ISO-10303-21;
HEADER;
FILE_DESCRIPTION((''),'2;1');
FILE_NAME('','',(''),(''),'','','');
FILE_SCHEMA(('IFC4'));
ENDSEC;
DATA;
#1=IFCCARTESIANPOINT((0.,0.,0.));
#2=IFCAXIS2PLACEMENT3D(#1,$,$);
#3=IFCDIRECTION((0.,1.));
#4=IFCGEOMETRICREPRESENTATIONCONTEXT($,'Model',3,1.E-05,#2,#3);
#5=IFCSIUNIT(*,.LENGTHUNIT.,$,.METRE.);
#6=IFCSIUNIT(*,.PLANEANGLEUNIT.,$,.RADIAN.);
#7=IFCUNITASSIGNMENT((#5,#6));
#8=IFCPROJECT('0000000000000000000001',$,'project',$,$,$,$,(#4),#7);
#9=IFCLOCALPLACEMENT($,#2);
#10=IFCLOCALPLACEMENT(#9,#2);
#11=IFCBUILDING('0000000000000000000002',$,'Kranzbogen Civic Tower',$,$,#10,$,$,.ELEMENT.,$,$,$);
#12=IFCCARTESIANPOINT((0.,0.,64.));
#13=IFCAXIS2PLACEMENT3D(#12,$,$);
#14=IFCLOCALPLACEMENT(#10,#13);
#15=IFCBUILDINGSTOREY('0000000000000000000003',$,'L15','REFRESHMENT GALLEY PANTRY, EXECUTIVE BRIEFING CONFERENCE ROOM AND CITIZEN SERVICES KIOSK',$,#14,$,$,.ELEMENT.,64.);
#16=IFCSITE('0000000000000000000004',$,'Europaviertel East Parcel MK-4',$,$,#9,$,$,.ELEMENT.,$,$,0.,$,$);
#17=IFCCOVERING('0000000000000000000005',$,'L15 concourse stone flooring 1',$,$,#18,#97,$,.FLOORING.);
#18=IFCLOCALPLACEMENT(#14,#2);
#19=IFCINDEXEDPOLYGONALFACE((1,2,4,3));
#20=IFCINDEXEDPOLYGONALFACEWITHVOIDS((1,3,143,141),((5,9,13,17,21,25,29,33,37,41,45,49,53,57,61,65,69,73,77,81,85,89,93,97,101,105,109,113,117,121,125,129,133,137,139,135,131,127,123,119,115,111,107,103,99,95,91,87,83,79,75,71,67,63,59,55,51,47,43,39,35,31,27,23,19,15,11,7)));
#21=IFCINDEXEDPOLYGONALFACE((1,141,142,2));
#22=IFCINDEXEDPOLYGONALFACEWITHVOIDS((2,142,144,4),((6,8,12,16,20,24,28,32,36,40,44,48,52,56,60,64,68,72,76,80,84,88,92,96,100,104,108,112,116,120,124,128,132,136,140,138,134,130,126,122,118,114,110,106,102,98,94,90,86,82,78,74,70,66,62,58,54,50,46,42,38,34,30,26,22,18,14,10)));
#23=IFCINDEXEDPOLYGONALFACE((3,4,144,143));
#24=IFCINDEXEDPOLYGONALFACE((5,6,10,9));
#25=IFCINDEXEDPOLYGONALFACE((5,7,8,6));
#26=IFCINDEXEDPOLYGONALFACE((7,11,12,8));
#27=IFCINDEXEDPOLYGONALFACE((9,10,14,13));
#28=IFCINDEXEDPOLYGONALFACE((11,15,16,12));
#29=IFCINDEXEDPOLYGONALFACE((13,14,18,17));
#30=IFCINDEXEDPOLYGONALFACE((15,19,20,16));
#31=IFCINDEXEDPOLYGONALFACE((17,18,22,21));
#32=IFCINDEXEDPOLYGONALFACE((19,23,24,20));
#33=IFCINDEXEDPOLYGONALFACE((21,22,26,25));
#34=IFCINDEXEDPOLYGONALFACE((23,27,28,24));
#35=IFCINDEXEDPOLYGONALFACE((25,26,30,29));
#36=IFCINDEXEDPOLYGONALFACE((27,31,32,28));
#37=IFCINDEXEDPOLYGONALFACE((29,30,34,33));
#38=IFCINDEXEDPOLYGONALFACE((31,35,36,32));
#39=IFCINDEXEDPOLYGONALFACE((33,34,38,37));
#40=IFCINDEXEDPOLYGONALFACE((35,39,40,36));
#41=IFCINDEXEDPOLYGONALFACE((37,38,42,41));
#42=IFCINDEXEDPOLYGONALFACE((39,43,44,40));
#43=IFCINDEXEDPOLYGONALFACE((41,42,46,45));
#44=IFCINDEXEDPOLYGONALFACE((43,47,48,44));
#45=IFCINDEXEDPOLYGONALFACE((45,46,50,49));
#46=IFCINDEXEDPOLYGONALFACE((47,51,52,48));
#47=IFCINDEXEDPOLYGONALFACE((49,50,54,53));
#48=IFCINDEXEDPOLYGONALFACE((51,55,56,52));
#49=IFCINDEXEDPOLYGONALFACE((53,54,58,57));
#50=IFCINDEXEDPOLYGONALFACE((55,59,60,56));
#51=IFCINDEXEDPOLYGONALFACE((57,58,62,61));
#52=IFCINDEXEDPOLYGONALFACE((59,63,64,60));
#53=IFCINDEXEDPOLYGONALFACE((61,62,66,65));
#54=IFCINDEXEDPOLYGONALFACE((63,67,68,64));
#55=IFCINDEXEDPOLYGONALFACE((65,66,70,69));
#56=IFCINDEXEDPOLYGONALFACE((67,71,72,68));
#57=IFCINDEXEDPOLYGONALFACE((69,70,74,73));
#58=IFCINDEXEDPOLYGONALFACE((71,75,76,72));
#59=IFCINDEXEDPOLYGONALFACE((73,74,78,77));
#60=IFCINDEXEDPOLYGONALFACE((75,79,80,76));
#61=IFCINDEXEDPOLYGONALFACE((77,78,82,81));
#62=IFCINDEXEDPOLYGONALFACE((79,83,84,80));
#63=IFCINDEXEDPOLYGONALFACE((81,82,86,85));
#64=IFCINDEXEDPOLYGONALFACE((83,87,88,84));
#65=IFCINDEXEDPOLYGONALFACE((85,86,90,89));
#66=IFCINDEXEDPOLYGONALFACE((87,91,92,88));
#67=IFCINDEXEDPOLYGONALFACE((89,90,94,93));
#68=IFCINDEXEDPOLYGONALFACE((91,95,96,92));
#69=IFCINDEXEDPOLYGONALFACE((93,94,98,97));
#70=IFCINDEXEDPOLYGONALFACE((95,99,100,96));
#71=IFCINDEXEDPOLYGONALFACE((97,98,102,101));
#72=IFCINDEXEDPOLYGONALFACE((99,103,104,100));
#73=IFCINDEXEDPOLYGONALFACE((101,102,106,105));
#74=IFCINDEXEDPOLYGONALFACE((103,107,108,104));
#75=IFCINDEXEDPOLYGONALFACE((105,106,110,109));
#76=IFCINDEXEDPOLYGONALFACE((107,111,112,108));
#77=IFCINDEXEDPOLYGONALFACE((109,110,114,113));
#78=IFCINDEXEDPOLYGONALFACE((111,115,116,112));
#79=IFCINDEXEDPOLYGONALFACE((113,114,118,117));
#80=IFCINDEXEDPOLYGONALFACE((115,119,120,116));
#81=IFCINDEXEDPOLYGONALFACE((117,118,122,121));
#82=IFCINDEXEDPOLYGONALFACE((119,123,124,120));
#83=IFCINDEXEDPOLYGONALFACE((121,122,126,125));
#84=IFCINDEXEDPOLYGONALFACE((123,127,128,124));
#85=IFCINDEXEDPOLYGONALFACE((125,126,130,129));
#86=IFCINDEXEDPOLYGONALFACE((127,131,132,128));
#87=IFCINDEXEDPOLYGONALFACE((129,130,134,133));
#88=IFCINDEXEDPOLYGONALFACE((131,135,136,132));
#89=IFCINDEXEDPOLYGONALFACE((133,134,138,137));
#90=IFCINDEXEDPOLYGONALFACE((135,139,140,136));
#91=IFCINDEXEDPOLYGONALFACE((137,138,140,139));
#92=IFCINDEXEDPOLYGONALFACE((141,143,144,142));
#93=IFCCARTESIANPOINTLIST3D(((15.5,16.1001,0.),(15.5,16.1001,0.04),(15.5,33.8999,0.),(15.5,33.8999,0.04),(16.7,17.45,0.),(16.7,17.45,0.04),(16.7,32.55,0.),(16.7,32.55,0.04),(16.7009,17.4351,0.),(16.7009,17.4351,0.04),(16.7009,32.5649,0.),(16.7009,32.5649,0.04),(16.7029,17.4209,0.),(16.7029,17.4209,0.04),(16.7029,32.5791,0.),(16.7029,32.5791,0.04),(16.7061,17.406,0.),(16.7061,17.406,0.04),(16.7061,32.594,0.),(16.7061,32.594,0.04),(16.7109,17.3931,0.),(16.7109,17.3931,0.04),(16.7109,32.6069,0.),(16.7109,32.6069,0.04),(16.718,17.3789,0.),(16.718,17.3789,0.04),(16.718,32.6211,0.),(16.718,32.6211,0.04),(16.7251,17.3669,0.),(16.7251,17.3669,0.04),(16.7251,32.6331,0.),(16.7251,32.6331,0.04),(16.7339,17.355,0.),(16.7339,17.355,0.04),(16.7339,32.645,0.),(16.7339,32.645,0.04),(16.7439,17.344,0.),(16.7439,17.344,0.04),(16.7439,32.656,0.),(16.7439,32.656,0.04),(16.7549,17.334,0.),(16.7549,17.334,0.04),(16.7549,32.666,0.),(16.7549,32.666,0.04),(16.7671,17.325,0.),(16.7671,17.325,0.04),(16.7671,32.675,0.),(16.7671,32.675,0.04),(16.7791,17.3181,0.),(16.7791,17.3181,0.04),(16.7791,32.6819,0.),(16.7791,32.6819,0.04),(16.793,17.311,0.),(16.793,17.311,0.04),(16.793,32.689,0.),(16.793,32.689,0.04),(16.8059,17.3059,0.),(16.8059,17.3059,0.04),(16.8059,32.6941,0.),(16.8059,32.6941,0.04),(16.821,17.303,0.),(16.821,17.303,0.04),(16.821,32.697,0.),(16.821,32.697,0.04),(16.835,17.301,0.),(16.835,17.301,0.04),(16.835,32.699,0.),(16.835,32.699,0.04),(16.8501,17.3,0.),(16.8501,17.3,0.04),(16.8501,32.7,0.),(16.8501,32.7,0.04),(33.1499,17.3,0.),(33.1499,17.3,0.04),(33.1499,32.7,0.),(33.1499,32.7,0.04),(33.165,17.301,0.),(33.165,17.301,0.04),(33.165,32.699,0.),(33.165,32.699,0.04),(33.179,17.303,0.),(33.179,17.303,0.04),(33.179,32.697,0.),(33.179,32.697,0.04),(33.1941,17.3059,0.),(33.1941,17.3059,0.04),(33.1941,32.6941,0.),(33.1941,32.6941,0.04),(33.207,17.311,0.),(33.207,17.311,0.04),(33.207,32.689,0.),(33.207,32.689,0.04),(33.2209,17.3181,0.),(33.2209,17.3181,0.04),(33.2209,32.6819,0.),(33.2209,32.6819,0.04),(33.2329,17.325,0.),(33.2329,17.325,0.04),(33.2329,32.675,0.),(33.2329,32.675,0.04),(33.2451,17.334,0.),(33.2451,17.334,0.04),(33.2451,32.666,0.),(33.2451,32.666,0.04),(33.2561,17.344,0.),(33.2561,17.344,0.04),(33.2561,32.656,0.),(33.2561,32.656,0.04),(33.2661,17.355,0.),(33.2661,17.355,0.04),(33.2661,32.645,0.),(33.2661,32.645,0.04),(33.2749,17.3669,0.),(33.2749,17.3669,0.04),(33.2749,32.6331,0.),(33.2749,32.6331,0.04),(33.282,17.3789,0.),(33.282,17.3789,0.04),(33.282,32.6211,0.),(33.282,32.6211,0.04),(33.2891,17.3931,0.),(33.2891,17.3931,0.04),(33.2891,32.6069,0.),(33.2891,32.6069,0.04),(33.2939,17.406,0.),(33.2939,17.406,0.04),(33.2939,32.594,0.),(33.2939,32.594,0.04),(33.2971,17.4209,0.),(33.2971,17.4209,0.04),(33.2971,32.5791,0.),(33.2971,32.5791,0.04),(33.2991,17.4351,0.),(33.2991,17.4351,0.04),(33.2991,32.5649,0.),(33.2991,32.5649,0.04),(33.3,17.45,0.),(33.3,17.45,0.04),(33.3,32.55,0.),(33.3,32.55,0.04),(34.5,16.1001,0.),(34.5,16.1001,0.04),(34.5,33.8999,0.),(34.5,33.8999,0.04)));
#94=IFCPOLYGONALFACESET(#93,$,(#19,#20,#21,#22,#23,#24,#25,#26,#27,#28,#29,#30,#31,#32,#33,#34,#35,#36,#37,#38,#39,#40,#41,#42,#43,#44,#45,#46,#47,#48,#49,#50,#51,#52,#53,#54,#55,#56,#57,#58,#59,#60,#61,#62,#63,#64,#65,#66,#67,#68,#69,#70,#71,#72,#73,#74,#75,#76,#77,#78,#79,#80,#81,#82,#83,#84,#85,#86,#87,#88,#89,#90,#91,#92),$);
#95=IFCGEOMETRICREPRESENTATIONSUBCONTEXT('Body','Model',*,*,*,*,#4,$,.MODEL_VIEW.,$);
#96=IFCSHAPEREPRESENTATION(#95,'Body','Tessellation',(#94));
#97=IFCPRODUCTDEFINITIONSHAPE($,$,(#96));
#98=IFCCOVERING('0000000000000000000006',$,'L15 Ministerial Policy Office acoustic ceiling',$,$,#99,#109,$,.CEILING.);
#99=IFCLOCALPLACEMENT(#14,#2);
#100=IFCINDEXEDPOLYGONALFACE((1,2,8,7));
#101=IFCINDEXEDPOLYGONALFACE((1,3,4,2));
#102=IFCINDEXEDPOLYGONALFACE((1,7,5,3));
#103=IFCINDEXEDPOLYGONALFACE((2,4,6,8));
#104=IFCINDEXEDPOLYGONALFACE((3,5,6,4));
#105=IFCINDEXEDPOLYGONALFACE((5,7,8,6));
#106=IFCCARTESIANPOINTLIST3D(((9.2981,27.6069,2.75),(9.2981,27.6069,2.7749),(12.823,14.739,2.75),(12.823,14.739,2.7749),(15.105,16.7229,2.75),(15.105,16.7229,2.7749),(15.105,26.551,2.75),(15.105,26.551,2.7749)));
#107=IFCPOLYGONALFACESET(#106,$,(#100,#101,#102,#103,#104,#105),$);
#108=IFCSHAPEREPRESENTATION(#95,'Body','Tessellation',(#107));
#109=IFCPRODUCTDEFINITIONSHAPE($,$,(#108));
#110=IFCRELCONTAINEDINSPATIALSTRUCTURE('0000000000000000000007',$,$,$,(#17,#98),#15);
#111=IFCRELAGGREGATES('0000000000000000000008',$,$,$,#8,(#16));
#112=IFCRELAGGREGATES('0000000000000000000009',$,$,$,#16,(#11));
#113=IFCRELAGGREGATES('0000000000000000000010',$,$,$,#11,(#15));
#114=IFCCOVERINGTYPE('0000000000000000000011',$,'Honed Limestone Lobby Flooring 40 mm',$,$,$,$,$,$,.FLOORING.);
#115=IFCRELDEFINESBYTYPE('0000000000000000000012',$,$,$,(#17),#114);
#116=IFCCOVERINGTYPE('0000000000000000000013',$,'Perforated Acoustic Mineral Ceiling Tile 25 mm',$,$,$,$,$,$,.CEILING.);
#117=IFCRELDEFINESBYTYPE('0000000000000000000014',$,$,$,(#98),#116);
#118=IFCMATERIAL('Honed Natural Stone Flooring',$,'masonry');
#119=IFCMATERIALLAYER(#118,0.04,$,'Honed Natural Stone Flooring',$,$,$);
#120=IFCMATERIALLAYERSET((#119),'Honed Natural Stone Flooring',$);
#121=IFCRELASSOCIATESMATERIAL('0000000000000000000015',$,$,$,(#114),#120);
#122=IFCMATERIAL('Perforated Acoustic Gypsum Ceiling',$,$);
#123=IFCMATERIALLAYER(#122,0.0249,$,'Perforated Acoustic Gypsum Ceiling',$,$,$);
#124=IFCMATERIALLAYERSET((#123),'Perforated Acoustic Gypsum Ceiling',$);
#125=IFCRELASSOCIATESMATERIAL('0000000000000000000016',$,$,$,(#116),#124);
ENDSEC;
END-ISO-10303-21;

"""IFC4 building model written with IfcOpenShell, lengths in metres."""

from ifc_helpers import new_model, si_unit, direction, frame, origin, place, context, subcontext, project, spatial, polyline, outline, extrude, material, layer, layer_set, type_object, element, save


model = new_model("IFC4")

# Units and contexts
model_context = context("Model", 3, precision=1e-05, world=origin(), true_north=direction((0.0, 1.0)))
body_context = subcontext(model_context, "Body", "Model", "MODEL_VIEW")
ifc_project = project(units=[si_unit("LENGTHUNIT", "METRE"), si_unit("PLANEANGLEUNIT", "RADIAN")], contexts=[model_context])

# Site, building, storey
site_placement = place(None, origin())
site = spatial("IfcSite", under=ifc_project, at=site_placement, Name="Europaviertel East Parcel MK-4", CompositionType="ELEMENT", RefElevation=0.0)
building_placement = place(site_placement, origin())
building = spatial("IfcBuilding", under=site, at=building_placement, Name="Kranzbogen Civic Tower", CompositionType="ELEMENT")
storey_placement = place(building_placement, frame((0.0, 0.0, 64.0)))
storey = spatial("IfcBuildingStorey", under=building, at=storey_placement, Name="L15", Description="REFRESHMENT GALLEY PANTRY, EXECUTIVE BRIEFING CONFERENCE ROOM AND CITIZEN SERVICES KIOSK", CompositionType="ELEMENT", Elevation=64.0)

# Coverings
ifc_material_1 = material(Name="Honed Natural Stone Flooring", Category="masonry")
ifc_layer_1 = layer(ifc_material_1, 0.04, Name="Honed Natural Stone Flooring")
ifc_layer_set_1 = layer_set([ifc_layer_1], Name="Honed Natural Stone Flooring")
covering_type_1 = type_object("IfcCoveringType", Name="Honed Limestone Lobby Flooring 40 mm", PredefinedType="FLOORING", material=ifc_layer_set_1)
covering_1_placement = place(storey_placement, origin())
element("IfcCovering", 1, at=covering_1_placement, inside=storey, type_object=covering_type_1, Name="L15 concourse stone flooring 1", PredefinedType="FLOORING", context=body_context, shape_type="SweptSolid", body=[
    extrude(outline(polyline([(15.5, 33.8999), (34.5, 33.8999), (34.5, 16.1001), (15.5, 16.1001), (15.5, 33.8999)]), holes=[polyline([(33.1499, 32.7), (33.165, 32.699), (33.179, 32.697), (33.1941, 32.6941), (33.207, 32.689), (33.2209, 32.6819), (33.2329, 32.675), (33.2451, 32.666), (33.2561, 32.656), (33.2661, 32.645), (33.2749, 32.6331), (33.282, 32.6211), (33.2891, 32.6069), (33.2939, 32.594), (33.2971, 32.5791), (33.2991, 32.5649), (33.3, 32.55), (33.3, 17.45), (33.2991, 17.4351), (33.2971, 17.4209), (33.2939, 17.406), (33.2891, 17.3931), (33.282, 17.3789), (33.2749, 17.3669), (33.2661, 17.355), (33.2561, 17.344), (33.2451, 17.334), (33.2329, 17.325), (33.2209, 17.3181), (33.207, 17.311), (33.1941, 17.3059), (33.179, 17.303), (33.165, 17.301), (33.1499, 17.3), (16.8501, 17.3), (16.835, 17.301), (16.821, 17.303), (16.8059, 17.3059), (16.793, 17.311), (16.7791, 17.3181), (16.7671, 17.325), (16.7549, 17.334), (16.7439, 17.344), (16.7339, 17.355), (16.7251, 17.3669), (16.718, 17.3789), (16.7109, 17.3931), (16.7061, 17.406), (16.7029, 17.4209), (16.7009, 17.4351), (16.7, 17.45), (16.7, 32.55), (16.7009, 32.5649), (16.7029, 32.5791), (16.7061, 32.594), (16.7109, 32.6069), (16.718, 32.6211), (16.7251, 32.6331), (16.7339, 32.645), (16.7439, 32.656), (16.7549, 32.666), (16.7671, 32.675), (16.7791, 32.6819), (16.793, 32.689), (16.8059, 32.6941), (16.821, 32.697), (16.835, 32.699), (16.8501, 32.7), (33.1499, 32.7)])]), origin(), (0.0, 0.0, 1.0), 0.04),
])
ifc_material_2 = material(Name="Perforated Acoustic Gypsum Ceiling")
ifc_layer_2 = layer(ifc_material_2, 0.0249, Name="Perforated Acoustic Gypsum Ceiling")
ifc_layer_set_2 = layer_set([ifc_layer_2], Name="Perforated Acoustic Gypsum Ceiling")
covering_type_2 = type_object("IfcCoveringType", Name="Perforated Acoustic Mineral Ceiling Tile 25 mm", PredefinedType="CEILING", material=ifc_layer_set_2)
covering_2_placement = place(storey_placement, frame((0.0, 0.0, 2.75)))
element("IfcCovering", 2, at=covering_2_placement, inside=storey, type_object=covering_type_2, Name="L15 Ministerial Policy Office acoustic ceiling", PredefinedType="CEILING", context=body_context, shape_type="SweptSolid", body=[
    extrude(outline(polyline([(15.105, 16.7229), (12.823, 14.739), (9.2981, 27.6069), (15.105, 26.551), (15.105, 16.7229)])), origin(), (0.0, 0.0, 1.0), 0.0249),
])

save(model, "model.ifc")
